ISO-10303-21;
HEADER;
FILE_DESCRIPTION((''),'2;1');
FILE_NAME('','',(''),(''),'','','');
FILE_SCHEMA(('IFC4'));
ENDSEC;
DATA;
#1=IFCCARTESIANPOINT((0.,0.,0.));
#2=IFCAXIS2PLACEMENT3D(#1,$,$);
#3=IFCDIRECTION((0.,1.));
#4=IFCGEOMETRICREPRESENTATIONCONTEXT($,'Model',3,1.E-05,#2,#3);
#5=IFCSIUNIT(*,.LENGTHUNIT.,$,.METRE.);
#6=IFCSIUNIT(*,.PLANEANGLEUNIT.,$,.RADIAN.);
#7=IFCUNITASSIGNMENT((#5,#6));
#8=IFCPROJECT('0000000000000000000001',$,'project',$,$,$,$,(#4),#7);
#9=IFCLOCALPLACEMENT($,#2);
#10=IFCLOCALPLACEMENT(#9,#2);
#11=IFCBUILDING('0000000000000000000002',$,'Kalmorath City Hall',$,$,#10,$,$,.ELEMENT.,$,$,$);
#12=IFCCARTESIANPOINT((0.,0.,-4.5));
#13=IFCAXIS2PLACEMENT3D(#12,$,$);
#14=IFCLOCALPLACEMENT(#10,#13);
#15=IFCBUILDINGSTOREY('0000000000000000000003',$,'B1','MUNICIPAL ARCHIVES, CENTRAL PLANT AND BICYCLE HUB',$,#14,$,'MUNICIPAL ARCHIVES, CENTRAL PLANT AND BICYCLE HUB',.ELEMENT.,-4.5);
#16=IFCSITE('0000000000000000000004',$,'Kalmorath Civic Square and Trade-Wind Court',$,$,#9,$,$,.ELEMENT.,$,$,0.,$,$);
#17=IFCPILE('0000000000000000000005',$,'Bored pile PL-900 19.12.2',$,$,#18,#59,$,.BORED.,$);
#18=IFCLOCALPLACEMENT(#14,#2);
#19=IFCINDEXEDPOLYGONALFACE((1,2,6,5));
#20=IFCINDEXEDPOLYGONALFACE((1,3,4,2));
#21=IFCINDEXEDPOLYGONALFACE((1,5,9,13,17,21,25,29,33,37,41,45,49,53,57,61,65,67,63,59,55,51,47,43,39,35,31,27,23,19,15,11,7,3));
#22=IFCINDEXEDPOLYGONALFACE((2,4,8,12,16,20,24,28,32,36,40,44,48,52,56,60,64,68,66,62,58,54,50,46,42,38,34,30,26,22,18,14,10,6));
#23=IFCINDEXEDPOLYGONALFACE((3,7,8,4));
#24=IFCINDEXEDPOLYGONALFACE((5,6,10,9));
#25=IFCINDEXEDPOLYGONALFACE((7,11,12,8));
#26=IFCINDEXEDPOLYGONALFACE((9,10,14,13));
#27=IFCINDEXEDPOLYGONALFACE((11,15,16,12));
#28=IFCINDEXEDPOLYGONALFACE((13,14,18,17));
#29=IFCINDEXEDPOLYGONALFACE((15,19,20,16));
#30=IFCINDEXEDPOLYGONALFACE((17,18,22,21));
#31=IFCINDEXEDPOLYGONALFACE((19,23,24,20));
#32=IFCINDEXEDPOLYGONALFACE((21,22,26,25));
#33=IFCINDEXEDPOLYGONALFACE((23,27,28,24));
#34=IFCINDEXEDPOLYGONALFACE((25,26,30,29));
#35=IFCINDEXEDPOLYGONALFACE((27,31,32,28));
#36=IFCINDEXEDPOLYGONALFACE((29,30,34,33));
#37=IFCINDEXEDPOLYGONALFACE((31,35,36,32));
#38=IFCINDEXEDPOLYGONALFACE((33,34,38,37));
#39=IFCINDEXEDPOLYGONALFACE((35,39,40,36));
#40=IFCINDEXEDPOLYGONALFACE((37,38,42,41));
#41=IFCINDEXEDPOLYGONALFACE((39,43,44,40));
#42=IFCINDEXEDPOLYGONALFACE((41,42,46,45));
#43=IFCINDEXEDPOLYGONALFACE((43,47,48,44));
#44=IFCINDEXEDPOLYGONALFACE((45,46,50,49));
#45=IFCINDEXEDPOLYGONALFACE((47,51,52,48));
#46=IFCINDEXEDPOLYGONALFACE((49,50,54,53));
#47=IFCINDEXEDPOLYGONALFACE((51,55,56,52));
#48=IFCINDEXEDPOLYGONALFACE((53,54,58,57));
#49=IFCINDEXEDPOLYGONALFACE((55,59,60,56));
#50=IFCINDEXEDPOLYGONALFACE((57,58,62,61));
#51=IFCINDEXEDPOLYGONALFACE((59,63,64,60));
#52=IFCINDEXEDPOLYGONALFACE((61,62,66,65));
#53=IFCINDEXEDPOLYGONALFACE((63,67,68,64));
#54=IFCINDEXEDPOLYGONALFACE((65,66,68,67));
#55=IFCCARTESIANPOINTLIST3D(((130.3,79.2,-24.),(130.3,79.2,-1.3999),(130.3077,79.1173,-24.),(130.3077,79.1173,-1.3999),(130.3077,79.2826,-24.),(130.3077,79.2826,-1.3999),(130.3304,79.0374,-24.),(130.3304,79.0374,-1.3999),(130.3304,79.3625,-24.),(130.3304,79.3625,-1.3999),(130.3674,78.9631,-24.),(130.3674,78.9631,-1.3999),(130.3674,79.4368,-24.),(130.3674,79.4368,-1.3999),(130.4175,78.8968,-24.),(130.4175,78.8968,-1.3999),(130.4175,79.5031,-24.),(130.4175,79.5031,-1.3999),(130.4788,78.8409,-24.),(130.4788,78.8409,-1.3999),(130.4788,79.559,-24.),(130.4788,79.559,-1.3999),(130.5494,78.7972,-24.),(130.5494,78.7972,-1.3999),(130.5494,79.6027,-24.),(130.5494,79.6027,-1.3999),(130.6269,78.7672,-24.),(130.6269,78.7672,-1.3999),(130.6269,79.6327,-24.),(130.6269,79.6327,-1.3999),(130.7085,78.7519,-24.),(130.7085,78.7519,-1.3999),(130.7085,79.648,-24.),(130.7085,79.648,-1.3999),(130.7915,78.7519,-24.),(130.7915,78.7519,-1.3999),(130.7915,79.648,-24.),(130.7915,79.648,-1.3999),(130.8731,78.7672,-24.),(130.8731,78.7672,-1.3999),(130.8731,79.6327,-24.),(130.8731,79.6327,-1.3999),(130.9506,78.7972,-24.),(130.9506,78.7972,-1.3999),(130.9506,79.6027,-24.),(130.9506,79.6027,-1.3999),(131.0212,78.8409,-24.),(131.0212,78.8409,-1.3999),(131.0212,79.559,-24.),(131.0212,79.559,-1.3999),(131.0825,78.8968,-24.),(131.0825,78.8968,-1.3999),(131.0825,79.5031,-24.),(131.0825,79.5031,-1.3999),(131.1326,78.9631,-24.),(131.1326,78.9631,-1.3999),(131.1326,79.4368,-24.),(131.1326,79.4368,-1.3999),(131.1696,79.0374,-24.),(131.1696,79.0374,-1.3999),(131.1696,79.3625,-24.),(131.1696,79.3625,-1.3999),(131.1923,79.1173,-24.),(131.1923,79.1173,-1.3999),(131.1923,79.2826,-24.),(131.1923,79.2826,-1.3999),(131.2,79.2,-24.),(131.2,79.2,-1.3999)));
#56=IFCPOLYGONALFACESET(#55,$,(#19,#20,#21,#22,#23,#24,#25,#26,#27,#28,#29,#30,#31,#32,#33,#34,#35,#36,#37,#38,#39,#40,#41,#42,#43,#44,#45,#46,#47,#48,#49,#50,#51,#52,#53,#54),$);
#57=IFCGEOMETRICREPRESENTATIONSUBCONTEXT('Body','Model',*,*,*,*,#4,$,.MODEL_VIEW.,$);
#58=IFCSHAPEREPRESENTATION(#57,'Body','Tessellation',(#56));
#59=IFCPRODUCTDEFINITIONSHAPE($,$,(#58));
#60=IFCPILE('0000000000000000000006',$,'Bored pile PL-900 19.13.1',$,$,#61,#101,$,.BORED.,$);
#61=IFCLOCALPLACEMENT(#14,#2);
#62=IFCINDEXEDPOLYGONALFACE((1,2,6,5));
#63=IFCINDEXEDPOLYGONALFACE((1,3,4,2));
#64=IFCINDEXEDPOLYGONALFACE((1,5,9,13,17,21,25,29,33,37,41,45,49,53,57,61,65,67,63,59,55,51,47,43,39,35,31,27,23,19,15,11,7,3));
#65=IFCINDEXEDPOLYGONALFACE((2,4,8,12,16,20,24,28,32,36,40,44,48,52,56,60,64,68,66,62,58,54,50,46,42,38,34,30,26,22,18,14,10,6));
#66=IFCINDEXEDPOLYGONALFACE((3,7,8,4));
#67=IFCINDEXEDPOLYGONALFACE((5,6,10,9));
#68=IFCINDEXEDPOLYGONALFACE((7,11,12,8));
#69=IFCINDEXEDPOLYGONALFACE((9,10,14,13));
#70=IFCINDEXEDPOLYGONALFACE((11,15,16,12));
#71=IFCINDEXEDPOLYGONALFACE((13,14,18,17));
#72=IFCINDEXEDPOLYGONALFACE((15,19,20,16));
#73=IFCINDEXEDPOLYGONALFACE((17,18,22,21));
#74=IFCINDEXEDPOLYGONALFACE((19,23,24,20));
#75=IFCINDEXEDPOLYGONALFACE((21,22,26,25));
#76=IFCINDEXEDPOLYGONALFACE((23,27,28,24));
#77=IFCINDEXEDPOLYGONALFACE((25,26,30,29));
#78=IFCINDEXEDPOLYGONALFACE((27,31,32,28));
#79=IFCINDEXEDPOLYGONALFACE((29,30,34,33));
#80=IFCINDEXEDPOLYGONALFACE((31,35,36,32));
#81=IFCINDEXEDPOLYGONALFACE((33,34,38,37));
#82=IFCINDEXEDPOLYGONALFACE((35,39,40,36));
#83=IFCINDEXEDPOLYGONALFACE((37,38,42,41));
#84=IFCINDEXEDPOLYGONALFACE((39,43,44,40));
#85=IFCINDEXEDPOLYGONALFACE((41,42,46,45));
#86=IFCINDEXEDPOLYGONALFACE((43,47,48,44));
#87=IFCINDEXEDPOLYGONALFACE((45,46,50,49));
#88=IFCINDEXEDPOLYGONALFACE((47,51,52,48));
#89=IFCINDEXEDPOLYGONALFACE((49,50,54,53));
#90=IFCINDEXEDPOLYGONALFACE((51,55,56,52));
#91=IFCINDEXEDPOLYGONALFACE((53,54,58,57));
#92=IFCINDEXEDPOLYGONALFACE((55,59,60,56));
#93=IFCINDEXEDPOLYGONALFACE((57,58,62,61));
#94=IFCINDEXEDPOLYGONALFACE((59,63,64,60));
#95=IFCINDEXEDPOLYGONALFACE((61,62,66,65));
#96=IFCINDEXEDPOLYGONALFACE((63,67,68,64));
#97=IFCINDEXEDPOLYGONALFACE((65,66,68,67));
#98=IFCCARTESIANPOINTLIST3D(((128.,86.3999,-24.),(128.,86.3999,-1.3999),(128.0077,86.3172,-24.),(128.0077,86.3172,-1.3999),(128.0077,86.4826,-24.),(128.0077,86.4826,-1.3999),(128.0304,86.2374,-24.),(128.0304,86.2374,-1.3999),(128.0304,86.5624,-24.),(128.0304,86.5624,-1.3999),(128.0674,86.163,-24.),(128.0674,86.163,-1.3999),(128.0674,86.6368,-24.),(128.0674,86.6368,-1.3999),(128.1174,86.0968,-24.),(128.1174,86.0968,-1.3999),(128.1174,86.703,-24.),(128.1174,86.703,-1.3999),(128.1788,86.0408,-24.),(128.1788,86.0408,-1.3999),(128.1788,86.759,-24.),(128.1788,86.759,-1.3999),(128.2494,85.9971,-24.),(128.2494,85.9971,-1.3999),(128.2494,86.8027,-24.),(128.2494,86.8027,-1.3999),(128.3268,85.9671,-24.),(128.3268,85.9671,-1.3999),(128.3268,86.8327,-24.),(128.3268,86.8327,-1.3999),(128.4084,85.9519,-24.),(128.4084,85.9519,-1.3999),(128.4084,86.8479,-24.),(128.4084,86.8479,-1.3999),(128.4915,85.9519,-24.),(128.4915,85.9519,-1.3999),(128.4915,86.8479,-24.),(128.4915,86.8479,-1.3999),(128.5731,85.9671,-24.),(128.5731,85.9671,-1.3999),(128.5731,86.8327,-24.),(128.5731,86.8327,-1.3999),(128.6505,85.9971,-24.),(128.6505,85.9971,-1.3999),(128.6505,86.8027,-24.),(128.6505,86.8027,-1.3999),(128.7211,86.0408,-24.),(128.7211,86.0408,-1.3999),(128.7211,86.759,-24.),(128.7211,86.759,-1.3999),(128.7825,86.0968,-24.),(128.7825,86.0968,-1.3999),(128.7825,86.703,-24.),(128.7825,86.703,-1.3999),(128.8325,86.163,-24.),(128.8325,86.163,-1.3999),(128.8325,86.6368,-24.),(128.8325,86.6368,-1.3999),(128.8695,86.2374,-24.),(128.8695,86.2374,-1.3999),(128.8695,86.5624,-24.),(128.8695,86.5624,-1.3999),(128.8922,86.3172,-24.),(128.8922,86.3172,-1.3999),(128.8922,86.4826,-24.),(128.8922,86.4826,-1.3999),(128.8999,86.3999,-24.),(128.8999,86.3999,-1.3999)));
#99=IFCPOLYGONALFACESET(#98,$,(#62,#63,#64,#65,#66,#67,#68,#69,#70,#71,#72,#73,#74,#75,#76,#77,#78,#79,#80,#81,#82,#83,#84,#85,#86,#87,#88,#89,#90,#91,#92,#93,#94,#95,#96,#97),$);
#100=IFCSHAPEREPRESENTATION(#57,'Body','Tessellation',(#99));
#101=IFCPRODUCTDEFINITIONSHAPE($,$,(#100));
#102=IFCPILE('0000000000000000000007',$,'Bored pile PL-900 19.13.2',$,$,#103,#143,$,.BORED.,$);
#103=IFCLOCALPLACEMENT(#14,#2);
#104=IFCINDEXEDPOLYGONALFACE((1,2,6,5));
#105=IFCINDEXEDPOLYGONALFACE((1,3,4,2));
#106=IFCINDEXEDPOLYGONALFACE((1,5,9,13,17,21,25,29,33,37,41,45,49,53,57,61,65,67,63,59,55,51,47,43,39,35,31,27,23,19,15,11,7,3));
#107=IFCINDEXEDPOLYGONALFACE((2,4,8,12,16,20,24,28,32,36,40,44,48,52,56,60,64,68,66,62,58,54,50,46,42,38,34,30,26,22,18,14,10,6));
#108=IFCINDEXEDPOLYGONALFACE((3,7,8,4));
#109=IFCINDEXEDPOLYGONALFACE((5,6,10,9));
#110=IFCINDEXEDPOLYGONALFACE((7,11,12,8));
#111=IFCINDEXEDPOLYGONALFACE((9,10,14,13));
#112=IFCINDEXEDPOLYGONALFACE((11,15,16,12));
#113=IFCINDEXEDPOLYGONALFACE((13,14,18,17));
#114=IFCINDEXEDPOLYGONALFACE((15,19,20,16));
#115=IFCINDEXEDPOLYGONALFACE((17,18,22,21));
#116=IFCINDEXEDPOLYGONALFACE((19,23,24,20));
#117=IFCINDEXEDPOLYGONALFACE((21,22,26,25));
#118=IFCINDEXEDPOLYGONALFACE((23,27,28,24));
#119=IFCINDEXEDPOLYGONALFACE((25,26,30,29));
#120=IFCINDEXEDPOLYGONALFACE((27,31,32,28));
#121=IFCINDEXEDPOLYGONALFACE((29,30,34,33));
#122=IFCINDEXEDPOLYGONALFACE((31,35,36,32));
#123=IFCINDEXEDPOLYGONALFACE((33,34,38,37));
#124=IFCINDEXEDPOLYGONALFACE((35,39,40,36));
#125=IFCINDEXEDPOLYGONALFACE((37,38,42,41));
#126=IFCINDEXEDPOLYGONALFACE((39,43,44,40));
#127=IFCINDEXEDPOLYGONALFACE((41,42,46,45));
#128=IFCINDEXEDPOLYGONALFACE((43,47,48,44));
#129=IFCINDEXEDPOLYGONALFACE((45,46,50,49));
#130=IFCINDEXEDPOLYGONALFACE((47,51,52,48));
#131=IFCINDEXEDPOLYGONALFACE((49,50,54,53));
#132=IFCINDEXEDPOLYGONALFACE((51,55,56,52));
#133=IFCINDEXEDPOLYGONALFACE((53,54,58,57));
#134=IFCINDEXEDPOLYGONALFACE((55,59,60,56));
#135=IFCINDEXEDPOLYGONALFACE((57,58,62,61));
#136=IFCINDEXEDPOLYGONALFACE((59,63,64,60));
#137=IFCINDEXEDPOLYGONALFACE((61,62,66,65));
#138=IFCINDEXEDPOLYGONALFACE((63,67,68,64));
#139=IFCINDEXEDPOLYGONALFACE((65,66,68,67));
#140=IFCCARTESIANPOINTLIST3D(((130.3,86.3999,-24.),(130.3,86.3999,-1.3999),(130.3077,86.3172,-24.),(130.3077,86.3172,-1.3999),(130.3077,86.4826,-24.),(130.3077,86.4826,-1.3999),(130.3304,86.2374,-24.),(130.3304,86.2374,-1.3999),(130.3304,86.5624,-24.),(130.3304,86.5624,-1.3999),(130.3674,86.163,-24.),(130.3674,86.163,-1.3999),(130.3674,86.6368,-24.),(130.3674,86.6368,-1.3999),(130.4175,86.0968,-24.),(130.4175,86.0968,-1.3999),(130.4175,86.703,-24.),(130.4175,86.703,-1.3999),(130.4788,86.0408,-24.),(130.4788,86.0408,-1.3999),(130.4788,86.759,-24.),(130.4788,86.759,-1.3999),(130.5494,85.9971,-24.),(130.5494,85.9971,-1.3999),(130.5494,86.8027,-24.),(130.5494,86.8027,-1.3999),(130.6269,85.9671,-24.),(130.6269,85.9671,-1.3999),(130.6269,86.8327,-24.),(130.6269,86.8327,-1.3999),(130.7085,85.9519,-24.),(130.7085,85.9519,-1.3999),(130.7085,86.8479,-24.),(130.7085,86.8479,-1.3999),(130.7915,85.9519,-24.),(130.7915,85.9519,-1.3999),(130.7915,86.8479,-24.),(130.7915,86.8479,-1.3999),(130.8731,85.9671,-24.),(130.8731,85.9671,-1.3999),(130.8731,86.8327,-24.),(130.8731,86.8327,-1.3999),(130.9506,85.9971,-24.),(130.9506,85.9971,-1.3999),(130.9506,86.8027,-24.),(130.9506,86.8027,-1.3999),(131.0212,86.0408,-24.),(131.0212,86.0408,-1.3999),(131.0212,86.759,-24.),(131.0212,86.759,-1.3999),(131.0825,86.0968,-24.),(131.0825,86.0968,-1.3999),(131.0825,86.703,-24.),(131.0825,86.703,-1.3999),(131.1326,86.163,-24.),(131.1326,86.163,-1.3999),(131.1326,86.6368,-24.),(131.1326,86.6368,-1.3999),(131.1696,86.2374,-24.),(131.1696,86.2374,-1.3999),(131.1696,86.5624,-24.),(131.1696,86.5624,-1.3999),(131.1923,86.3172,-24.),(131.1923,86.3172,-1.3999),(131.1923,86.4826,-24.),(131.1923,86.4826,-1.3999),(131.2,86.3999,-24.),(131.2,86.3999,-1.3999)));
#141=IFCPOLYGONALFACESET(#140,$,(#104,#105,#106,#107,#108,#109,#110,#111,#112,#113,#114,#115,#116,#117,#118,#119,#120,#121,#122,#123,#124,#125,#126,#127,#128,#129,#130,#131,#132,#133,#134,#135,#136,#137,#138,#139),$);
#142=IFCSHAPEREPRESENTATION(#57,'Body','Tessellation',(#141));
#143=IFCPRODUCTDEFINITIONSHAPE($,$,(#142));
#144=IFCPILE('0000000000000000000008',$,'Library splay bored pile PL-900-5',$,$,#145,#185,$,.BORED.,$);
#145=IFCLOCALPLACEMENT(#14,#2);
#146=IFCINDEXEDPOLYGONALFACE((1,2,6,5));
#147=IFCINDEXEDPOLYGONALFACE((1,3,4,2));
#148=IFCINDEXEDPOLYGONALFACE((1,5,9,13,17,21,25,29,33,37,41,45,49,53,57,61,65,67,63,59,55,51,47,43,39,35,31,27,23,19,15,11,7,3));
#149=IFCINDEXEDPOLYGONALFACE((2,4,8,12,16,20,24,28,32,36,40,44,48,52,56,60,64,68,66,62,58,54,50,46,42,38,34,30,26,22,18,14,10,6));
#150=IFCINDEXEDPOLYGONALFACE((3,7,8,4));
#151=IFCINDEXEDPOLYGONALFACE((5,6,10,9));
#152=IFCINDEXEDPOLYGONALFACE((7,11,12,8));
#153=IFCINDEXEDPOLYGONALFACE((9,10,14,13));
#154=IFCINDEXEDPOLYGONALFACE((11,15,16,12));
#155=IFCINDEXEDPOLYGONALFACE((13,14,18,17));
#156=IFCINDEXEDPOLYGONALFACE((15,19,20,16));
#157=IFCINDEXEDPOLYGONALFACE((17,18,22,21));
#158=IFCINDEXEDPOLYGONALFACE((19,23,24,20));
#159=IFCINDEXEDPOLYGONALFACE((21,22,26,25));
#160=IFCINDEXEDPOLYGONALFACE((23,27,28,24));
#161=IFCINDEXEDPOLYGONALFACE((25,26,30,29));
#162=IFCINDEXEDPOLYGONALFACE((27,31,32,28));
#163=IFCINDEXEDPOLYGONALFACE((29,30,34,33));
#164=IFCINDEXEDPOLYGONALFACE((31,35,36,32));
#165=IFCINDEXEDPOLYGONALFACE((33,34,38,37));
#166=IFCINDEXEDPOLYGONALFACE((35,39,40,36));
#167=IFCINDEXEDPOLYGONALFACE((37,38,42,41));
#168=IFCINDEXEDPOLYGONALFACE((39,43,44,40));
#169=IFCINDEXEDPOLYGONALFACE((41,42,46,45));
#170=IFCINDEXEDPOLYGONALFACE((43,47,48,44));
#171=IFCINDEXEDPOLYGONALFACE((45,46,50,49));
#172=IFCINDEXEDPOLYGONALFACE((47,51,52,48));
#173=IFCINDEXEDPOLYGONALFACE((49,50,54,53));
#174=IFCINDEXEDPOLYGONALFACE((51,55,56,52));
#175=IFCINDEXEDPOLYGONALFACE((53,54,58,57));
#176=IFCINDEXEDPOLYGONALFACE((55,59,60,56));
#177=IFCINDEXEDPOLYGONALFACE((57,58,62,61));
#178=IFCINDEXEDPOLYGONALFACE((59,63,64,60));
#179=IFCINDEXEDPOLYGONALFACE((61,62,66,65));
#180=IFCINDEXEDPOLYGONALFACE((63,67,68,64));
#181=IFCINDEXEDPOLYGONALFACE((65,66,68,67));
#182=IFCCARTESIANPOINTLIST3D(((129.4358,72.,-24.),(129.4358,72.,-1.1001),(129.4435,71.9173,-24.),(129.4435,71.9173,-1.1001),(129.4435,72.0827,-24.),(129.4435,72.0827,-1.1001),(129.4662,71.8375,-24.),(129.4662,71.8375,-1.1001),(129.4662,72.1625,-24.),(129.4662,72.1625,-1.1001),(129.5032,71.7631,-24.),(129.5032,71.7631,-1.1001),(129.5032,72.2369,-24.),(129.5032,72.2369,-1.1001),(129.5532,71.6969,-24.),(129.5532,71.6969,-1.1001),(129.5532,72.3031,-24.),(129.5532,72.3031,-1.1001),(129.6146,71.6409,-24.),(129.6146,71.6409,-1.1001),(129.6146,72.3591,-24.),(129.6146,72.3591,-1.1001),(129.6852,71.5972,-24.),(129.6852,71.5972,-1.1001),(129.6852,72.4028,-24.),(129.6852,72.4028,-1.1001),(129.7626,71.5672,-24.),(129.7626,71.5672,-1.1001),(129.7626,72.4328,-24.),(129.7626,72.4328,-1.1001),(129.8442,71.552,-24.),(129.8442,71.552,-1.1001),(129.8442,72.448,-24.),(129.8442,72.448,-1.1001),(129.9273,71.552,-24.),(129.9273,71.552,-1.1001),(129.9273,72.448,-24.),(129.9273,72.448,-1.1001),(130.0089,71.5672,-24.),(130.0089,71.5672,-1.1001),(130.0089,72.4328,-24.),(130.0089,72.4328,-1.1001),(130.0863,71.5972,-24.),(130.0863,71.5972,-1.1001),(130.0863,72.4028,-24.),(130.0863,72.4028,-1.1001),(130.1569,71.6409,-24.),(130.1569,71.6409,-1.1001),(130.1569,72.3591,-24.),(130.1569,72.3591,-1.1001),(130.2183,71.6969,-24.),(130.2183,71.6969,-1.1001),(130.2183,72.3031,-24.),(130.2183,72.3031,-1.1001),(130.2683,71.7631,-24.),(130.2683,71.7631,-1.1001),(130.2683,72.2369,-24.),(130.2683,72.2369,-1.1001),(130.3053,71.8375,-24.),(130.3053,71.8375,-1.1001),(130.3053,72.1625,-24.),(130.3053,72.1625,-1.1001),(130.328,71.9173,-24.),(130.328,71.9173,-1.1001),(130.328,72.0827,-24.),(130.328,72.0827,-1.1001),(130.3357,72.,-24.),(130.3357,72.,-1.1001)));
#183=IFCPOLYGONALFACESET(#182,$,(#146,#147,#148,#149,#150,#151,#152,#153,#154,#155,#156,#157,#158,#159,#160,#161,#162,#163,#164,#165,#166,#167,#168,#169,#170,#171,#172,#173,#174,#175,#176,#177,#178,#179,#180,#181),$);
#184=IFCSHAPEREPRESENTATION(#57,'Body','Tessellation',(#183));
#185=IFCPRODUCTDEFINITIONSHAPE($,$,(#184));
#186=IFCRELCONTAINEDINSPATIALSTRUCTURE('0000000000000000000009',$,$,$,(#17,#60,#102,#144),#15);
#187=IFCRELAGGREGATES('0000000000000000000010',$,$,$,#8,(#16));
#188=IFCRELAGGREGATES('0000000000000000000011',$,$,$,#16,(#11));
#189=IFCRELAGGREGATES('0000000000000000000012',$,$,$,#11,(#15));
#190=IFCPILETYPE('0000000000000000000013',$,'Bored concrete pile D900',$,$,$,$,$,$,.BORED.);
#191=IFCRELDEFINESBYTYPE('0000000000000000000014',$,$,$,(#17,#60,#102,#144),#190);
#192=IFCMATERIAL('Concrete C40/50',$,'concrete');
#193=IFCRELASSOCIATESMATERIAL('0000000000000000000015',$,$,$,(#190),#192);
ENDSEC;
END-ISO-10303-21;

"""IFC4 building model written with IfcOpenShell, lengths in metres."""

from ifc_helpers import new_model, si_unit, direction, frame, origin, origin_2d, place, context, subcontext, project, spatial, circle, extrude, material, material_profile, profile_set, type_object, element, save


model = new_model("IFC4")

# Units and contexts
model_context = context("Model", 3, precision=1e-05, world=origin(), true_north=direction((0.0, 1.0)))
body_context = subcontext(model_context, "Body", "Model", "MODEL_VIEW")
ifc_project = project(units=[si_unit("LENGTHUNIT", "METRE"), si_unit("PLANEANGLEUNIT", "RADIAN")], contexts=[model_context])

# Site, building, storey
site_placement = place(None, origin())
site = spatial("IfcSite", under=ifc_project, at=site_placement, Name="Kalmorath Civic Square and Trade-Wind Court", CompositionType="ELEMENT", RefElevation=0.0)
building_placement = place(site_placement, origin())
building = spatial("IfcBuilding", under=site, at=building_placement, Name="Kalmorath City Hall", CompositionType="ELEMENT")
storey_placement = place(building_placement, frame((0.0, 0.0, -4.5)))
storey = spatial("IfcBuildingStorey", under=building, at=storey_placement, Name="B1", Description="MUNICIPAL ARCHIVES, CENTRAL PLANT AND BICYCLE HUB", LongName="MUNICIPAL ARCHIVES, CENTRAL PLANT AND BICYCLE HUB", CompositionType="ELEMENT", Elevation=-4.5)

# Piles
ifc_material_1 = material(Name="Concrete C40/50", Category="concrete")
ifc_material_profile_1 = material_profile(ifc_material_1, circle(Radius=0.45, at=origin_2d()), Name="PILE-D900")
ifc_profile_set_1 = profile_set([ifc_material_profile_1], Name="Concrete C40/50")
pile_type = type_object("IfcPileType", Name="Bored concrete pile D900", PredefinedType="BORED", material=ifc_profile_set_1)
for number, where, z_axis, x_axis, name in (
    (1, (130.75, 79.2, -1.3999), (0.0, 0.0, -1.0), (1.0, 0.0, 0.0), "Bored pile PL-900 19.12.2"),
    (2, (128.45, 86.3999, -1.3999), (0.0, 0.0, -1.0), (1.0, 0.0, 0.0), "Bored pile PL-900 19.13.1"),
    (3, (130.75, 86.3999, -1.3999), (0.0, 0.0, -1.0), (1.0, 0.0, 0.0), "Bored pile PL-900 19.13.2"),
):
    element("IfcPile", number, at=place(storey_placement, frame(where, z_axis=z_axis, x_axis=x_axis)), inside=storey, type_object=pile_type, Name=name, PredefinedType="BORED", context=body_context, shape_type="SweptSolid", body=[
        extrude(circle(Radius=0.45, at=origin_2d()), origin(), (0.0, 0.0, 1.0), 22.6001),
    ])
pile_1_placement = place(storey_placement, frame((129.8857, 72.0, -1.1001), z_axis=(0.0, 0.0, -1.0), x_axis=(1.0, 0.0, 0.0)))
element("IfcPile", 4, at=pile_1_placement, inside=storey, type_object=pile_type, Name="Library splay bored pile PL-900-5", PredefinedType="BORED", context=body_context, shape_type="SweptSolid", body=[
    extrude(circle(Radius=0.45, at=origin_2d()), origin(), (0.0, 0.0, 1.0), 22.8999),
])

save(model, "model.ifc")
